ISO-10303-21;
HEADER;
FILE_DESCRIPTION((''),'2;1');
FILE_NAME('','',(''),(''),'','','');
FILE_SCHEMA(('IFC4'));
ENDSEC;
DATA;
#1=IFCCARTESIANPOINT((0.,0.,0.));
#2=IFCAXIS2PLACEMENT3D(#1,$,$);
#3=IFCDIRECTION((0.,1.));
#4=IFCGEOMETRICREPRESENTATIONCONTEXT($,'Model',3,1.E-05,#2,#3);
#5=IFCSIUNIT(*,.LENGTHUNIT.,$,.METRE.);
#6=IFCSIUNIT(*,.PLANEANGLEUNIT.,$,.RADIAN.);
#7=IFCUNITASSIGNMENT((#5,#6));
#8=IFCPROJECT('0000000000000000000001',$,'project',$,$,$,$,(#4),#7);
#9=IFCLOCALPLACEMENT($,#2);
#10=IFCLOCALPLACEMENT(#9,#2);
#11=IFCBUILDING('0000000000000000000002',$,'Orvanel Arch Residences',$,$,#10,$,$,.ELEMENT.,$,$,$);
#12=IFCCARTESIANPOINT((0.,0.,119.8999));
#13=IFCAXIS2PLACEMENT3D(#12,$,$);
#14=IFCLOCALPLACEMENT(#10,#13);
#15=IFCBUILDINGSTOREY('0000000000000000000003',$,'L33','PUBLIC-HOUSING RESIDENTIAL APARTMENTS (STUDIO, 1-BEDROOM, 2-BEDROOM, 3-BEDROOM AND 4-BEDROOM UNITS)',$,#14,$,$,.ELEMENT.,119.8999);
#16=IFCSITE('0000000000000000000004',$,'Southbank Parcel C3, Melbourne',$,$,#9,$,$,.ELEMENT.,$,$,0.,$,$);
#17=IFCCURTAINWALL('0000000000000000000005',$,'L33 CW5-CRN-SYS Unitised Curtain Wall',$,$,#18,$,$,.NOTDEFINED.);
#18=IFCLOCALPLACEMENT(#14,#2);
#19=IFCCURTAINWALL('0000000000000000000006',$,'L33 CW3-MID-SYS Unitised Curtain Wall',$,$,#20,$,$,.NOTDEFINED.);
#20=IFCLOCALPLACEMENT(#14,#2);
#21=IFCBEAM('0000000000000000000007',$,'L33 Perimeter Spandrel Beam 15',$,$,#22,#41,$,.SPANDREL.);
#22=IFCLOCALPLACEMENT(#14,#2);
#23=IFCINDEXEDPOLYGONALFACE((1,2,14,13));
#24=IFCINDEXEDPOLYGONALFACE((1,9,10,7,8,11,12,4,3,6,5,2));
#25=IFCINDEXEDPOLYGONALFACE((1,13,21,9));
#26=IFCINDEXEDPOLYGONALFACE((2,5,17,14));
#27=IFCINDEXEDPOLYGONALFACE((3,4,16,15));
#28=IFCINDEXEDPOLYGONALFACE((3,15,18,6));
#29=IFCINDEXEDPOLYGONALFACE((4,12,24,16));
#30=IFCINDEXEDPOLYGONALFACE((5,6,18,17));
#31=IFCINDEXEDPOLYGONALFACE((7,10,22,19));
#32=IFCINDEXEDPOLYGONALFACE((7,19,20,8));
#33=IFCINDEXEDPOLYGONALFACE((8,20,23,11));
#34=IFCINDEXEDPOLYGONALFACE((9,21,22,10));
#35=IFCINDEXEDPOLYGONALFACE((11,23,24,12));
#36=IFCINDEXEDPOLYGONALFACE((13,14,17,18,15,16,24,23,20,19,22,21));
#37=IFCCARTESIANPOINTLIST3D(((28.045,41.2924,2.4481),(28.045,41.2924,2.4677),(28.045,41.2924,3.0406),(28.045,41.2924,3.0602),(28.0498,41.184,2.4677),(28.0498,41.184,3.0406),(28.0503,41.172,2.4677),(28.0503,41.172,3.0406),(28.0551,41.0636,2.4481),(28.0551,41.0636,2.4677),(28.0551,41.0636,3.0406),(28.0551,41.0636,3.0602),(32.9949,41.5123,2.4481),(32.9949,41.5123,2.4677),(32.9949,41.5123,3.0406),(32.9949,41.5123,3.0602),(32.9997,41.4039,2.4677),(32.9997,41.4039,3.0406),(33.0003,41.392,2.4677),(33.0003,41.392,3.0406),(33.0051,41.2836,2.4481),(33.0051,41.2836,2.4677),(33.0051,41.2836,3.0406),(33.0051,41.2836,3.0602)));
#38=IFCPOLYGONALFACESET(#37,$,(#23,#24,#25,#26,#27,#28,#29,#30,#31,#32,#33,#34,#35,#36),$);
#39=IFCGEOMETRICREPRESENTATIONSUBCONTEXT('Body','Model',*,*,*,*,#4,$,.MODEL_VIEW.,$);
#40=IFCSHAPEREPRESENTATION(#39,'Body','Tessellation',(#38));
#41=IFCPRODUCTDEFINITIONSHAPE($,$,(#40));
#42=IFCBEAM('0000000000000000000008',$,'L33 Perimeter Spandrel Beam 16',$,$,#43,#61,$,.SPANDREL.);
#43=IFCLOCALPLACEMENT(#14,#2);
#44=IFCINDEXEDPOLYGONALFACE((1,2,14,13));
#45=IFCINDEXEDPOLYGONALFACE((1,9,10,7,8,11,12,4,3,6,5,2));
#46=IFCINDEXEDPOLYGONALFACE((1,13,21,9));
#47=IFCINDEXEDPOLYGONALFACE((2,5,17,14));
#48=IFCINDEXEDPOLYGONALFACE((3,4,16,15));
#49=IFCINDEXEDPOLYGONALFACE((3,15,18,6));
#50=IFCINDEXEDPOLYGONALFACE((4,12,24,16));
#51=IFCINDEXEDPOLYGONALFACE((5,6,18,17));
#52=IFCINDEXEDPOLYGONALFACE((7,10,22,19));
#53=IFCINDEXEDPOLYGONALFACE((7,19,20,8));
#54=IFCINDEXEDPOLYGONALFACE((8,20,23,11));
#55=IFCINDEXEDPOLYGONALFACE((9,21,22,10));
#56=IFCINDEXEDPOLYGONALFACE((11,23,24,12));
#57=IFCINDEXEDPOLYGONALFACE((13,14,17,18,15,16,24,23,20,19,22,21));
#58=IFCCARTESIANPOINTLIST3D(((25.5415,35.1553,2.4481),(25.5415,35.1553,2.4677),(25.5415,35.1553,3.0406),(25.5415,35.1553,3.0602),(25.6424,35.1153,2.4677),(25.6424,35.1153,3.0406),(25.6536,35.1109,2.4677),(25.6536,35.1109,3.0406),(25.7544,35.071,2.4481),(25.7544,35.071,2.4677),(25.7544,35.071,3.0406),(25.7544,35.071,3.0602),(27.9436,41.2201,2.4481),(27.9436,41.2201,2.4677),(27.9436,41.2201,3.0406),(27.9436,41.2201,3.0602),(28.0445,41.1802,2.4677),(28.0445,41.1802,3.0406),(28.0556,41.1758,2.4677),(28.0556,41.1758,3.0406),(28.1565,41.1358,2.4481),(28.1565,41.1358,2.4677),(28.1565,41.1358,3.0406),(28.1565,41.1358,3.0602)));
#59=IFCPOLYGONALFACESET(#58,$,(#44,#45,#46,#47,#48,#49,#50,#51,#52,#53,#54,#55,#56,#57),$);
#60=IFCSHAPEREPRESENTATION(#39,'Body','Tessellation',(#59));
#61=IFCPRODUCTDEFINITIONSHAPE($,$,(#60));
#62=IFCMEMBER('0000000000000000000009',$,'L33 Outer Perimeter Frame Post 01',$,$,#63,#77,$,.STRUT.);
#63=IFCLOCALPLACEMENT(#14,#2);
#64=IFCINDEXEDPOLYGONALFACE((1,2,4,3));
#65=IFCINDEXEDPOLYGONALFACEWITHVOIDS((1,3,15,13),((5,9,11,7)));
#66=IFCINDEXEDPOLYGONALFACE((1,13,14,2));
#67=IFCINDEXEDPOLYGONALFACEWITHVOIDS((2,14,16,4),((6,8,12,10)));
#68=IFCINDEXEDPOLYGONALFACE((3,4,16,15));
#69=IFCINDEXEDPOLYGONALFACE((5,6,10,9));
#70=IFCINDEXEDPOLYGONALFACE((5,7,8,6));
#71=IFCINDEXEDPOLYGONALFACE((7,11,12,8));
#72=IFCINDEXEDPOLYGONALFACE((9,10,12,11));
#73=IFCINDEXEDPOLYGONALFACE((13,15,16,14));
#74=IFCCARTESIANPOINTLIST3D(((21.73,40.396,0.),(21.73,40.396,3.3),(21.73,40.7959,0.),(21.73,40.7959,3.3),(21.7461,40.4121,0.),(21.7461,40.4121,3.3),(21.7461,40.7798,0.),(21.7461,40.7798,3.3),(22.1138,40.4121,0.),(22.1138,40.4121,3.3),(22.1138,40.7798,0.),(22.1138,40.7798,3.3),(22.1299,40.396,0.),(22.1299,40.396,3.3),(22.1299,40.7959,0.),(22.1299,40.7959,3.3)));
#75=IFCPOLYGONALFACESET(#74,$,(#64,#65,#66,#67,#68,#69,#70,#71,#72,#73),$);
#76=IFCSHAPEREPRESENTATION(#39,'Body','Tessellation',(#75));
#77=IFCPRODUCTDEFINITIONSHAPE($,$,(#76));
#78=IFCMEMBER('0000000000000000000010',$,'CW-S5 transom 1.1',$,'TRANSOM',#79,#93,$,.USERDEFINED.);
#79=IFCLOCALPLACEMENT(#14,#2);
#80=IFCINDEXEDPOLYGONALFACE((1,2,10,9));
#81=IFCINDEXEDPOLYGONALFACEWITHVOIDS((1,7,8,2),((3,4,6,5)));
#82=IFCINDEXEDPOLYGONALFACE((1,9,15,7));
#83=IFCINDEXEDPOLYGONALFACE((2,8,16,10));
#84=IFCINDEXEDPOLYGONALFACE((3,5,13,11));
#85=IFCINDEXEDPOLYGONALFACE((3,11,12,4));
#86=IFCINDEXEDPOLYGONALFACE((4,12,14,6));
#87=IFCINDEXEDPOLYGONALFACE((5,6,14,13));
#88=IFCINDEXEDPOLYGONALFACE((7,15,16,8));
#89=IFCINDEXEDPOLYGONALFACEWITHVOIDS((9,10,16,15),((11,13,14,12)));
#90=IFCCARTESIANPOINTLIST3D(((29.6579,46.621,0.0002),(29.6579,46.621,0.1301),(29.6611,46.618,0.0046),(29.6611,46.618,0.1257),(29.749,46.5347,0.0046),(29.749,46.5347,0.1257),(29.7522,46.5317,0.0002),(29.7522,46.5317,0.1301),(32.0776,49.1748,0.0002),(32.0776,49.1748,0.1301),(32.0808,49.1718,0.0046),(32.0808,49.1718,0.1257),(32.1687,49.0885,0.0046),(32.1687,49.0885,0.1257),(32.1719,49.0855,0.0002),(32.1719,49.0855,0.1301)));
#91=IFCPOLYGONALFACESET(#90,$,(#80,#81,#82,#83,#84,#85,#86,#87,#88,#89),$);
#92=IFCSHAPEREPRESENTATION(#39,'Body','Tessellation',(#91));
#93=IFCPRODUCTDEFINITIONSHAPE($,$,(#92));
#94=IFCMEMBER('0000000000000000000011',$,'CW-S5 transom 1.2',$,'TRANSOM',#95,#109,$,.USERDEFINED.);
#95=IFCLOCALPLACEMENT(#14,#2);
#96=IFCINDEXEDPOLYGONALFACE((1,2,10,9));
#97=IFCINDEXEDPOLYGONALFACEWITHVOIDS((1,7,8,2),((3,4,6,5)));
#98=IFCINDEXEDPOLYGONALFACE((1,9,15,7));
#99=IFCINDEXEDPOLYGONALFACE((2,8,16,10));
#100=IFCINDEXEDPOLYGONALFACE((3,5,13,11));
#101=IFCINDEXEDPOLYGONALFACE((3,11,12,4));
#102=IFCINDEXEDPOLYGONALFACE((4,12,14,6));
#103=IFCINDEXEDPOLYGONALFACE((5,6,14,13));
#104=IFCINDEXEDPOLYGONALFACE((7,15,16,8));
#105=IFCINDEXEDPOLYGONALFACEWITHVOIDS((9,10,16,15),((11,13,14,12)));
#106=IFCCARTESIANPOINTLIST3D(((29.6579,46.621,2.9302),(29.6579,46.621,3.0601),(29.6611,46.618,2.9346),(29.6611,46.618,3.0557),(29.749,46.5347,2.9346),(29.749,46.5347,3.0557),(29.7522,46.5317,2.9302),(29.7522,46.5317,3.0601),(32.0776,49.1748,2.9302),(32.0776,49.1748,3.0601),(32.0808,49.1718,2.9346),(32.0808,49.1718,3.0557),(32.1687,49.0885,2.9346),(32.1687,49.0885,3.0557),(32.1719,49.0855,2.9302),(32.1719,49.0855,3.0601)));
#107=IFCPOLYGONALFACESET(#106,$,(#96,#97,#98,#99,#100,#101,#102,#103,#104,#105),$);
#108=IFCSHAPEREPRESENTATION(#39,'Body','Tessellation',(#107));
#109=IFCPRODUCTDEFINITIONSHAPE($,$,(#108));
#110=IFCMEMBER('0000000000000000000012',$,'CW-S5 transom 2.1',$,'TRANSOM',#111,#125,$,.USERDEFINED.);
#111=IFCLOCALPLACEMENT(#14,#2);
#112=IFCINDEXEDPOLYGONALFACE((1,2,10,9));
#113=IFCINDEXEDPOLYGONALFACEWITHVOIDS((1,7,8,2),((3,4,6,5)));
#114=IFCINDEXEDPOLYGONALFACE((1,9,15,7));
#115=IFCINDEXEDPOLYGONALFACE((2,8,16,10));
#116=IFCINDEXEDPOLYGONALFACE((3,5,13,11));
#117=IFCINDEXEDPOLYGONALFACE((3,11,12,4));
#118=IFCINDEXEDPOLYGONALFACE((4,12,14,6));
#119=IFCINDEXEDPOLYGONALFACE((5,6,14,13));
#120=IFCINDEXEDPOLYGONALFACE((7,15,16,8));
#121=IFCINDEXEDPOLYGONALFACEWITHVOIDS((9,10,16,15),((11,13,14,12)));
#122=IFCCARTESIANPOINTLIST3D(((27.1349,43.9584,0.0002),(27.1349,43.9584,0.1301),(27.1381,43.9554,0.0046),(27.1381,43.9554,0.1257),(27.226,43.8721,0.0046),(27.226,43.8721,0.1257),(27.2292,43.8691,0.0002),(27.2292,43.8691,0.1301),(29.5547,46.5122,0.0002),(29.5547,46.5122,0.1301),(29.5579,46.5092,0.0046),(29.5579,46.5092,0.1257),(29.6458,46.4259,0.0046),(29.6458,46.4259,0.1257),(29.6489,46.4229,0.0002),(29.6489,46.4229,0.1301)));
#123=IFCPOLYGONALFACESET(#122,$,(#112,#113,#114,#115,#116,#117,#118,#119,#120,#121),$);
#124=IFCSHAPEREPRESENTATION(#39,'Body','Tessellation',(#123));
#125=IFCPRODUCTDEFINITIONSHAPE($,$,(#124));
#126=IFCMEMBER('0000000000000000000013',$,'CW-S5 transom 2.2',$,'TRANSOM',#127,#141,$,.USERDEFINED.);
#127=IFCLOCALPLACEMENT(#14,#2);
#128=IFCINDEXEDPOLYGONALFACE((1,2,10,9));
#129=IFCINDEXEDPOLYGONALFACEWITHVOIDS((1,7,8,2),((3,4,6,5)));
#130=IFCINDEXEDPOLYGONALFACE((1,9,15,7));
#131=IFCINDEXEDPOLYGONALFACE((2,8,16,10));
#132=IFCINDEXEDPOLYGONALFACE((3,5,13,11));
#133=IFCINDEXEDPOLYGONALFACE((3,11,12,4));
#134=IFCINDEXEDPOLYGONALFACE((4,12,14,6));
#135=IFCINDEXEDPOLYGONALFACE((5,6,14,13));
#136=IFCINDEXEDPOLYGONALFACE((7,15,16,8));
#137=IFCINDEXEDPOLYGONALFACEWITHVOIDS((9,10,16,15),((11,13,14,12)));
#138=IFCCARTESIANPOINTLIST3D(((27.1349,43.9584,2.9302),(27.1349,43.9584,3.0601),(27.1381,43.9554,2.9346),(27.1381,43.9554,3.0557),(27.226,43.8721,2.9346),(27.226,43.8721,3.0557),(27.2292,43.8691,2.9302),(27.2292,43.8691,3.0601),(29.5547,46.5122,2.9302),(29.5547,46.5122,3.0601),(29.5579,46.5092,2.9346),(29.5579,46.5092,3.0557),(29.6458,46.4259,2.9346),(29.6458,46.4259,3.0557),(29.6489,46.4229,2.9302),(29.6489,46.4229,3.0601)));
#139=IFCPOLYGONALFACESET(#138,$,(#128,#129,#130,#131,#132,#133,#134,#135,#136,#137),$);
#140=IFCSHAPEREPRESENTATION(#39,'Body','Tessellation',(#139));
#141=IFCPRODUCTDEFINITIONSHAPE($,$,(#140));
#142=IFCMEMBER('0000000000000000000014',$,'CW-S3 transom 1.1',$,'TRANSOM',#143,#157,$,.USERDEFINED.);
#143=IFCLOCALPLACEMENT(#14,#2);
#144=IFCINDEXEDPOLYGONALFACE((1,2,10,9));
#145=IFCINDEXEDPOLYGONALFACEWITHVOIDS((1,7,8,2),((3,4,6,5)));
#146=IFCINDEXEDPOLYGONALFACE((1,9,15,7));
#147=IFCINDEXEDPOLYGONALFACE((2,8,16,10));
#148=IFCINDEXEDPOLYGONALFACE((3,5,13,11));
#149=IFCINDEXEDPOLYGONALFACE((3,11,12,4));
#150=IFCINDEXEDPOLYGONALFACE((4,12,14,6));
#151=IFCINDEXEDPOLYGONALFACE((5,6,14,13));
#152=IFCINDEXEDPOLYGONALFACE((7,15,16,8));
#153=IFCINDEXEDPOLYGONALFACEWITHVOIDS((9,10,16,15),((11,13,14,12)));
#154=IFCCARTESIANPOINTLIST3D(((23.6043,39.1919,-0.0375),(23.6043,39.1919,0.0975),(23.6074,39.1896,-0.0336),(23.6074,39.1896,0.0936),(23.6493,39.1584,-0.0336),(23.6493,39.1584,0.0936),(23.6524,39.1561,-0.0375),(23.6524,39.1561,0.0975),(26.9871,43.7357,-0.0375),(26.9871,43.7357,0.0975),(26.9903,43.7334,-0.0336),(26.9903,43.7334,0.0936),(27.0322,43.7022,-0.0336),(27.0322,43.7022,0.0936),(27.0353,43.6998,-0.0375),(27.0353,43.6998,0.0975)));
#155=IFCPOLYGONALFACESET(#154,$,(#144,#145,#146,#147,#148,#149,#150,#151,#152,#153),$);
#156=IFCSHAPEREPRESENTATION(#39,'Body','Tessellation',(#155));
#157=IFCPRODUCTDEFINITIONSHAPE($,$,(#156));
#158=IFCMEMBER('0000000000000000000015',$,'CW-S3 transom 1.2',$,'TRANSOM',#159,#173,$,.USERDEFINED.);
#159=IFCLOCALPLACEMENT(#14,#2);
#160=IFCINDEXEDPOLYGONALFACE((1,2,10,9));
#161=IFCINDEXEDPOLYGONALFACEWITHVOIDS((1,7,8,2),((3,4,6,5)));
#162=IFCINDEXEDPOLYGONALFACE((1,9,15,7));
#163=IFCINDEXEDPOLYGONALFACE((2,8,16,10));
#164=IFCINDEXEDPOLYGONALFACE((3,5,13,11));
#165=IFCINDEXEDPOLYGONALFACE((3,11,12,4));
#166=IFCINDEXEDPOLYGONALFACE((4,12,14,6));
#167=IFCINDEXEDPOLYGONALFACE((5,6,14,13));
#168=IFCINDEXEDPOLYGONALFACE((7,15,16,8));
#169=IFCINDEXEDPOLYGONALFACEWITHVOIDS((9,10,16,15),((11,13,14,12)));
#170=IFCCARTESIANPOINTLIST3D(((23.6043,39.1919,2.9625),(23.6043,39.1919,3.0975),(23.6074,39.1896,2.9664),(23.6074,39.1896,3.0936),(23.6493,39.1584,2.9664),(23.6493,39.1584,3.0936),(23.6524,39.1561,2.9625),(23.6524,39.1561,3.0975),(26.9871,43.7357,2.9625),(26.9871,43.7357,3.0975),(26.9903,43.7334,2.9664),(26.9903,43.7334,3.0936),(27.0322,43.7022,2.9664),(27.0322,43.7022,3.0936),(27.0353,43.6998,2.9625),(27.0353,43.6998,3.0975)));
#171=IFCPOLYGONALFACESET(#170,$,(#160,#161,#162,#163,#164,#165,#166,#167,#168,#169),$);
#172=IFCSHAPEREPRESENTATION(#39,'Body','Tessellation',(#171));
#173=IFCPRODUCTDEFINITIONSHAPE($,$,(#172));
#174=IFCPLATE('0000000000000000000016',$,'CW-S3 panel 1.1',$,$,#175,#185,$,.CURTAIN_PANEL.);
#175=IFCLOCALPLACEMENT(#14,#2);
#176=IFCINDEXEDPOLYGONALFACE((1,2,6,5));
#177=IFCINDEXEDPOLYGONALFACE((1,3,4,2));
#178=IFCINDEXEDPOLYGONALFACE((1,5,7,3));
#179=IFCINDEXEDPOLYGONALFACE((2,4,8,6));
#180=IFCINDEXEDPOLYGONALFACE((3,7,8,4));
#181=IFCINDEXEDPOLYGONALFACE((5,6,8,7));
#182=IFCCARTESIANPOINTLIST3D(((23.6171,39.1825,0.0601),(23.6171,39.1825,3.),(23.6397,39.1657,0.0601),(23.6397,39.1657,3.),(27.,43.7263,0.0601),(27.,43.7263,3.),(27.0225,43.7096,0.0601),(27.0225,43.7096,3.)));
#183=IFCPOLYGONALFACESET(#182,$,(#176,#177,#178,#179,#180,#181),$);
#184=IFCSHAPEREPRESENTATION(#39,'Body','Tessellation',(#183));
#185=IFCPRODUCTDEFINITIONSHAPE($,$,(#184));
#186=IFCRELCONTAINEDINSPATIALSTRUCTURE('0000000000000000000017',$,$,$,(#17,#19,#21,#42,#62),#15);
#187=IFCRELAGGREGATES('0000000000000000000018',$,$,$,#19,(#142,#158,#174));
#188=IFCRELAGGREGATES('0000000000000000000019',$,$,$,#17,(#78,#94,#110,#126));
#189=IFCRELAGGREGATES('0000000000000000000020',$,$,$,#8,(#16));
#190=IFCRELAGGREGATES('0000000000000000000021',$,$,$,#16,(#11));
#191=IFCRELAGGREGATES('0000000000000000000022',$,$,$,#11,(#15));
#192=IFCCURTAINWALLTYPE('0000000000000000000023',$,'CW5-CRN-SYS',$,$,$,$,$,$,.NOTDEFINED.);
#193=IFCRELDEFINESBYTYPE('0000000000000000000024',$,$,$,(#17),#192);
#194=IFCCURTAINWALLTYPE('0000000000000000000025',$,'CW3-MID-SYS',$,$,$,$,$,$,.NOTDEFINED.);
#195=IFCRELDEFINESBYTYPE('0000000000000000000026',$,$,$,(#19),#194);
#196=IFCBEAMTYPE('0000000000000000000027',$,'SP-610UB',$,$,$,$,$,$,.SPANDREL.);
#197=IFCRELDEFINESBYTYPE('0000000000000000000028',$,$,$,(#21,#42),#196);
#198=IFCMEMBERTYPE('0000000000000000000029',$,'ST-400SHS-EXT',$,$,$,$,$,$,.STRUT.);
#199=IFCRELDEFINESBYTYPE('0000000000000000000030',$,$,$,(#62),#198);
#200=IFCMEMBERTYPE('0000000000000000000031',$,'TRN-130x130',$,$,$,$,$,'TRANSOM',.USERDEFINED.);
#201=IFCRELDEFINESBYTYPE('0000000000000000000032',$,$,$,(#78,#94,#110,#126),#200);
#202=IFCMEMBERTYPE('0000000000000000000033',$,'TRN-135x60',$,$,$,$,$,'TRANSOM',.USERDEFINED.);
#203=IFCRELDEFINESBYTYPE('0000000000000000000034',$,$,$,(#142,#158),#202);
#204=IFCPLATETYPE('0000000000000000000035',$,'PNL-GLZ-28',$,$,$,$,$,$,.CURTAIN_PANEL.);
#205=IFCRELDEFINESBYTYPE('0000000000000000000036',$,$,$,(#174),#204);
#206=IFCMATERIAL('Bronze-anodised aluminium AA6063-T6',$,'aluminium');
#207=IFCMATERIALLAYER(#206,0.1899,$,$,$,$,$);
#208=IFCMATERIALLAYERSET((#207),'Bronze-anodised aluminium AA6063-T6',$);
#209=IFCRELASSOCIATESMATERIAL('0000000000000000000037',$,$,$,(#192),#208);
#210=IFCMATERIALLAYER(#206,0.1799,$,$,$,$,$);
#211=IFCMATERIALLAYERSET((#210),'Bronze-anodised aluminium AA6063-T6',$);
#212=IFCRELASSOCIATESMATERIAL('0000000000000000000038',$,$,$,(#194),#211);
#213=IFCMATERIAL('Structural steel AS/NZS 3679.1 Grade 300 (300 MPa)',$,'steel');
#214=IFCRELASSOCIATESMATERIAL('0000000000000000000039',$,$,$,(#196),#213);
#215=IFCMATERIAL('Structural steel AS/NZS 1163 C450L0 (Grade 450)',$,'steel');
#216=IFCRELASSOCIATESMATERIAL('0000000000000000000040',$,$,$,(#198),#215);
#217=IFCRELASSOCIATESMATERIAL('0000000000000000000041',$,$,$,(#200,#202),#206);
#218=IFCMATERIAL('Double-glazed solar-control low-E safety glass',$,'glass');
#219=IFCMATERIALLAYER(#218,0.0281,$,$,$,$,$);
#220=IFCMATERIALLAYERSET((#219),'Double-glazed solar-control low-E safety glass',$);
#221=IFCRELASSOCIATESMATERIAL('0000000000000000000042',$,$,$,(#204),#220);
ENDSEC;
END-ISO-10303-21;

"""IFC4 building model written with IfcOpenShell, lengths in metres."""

from ifc_helpers import new_model, si_unit, direction, frame, origin, origin_2d, place, context, subcontext, project, spatial, rectangle, hollow_rectangle, i_section, extrude, material, layer, layer_set, material_profile, profile_set, type_object, element, aggregate, save


model = new_model("IFC4")

# Units and contexts
model_context = context("Model", 3, precision=1e-05, world=origin(), true_north=direction((0.0, 1.0)))
body_context = subcontext(model_context, "Body", "Model", "MODEL_VIEW")
ifc_project = project(units=[si_unit("LENGTHUNIT", "METRE"), si_unit("PLANEANGLEUNIT", "RADIAN")], contexts=[model_context])

# Site, building, storey
site_placement = place(None, origin())
site = spatial("IfcSite", under=ifc_project, at=site_placement, Name="Southbank Parcel C3, Melbourne", CompositionType="ELEMENT", RefElevation=0.0)
building_placement = place(site_placement, origin())
building = spatial("IfcBuilding", under=site, at=building_placement, Name="Orvanel Arch Residences", CompositionType="ELEMENT")
storey_placement = place(building_placement, frame((0.0, 0.0, 119.8999)))
storey = spatial("IfcBuildingStorey", under=building, at=storey_placement, Name="L33", Description="PUBLIC-HOUSING RESIDENTIAL APARTMENTS (STUDIO, 1-BEDROOM, 2-BEDROOM, 3-BEDROOM AND 4-BEDROOM UNITS)", CompositionType="ELEMENT", Elevation=119.8999)

# Shared definitions
ifc_material_1 = material(Name="Structural steel AS/NZS 3679.1 Grade 300 (300 MPa)", Category="steel")

# Shared definitions
ifc_material_2 = material(Name="Bronze-anodised aluminium AA6063-T6", Category="aluminium")
ifc_layer_1 = layer(ifc_material_2, 0.1899)
ifc_layer_set_1 = layer_set([ifc_layer_1], Name="Bronze-anodised aluminium AA6063-T6")
curtain_wall_type_1 = type_object("IfcCurtainWallType", Name="CW5-CRN-SYS", PredefinedType="NOTDEFINED", material=ifc_layer_set_1)

# Curtain wall
curtain_wall_1_placement = place(storey_placement, origin())
curtain_wall_1 = element("IfcCurtainWall", 1, at=curtain_wall_1_placement, inside=storey, type_object=curtain_wall_type_1, Name="L33 CW5-CRN-SYS Unitised Curtain Wall", PredefinedType="NOTDEFINED")

# Curtain wall
ifc_layer_2 = layer(ifc_material_2, 0.1799)
ifc_layer_set_2 = layer_set([ifc_layer_2], Name="Bronze-anodised aluminium AA6063-T6")
curtain_wall_type_2 = type_object("IfcCurtainWallType", Name="CW3-MID-SYS", PredefinedType="NOTDEFINED", material=ifc_layer_set_2)
curtain_wall_2_placement = place(storey_placement, origin())
curtain_wall_2 = element("IfcCurtainWall", 2, at=curtain_wall_2_placement, inside=storey, type_object=curtain_wall_type_2, Name="L33 CW3-MID-SYS Unitised Curtain Wall", PredefinedType="NOTDEFINED")

# Beams
ifc_material_profile_1 = material_profile(ifc_material_1, i_section(OverallWidth=0.229, OverallDepth=0.6121, WebThickness=0.012, FlangeThickness=0.0195, at=origin_2d()), Name="610UB125")
ifc_profile_set_1 = profile_set([ifc_material_profile_1], Name="Structural steel AS/NZS 3679.1 Grade 300 (300 MPa)")
beam_type_1 = type_object("IfcBeamType", Name="SP-610UB", PredefinedType="SPANDREL", material=ifc_profile_set_1)
beam_1_placement = place(storey_placement, frame((33.0, 41.3979, 2.7542), z_axis=(-0.999014, -0.044395, 0.0), x_axis=(0.044395, -0.999014, 0.0)))
element("IfcBeam", 3, at=beam_1_placement, inside=storey, type_object=beam_type_1, Name="L33 Perimeter Spandrel Beam 15", PredefinedType="SPANDREL", context=body_context, shape_type="SweptSolid", body=[
    extrude(i_section(OverallWidth=0.229, OverallDepth=0.6121, WebThickness=0.012, FlangeThickness=0.0195, at=origin_2d()), origin(), (0.0, 0.0, 1.0), 4.9548),
])
beam_2_placement = place(storey_placement, frame((28.05, 41.178, 2.7542), z_axis=(-0.368233, -0.929733, 0.0), x_axis=(0.929733, -0.368233, 0.0)))
element("IfcBeam", 4, at=beam_2_placement, inside=storey, type_object=beam_type_1, Name="L33 Perimeter Spandrel Beam 16", PredefinedType="SPANDREL", context=body_context, shape_type="SweptSolid", body=[
    extrude(i_section(OverallWidth=0.229, OverallDepth=0.6121, WebThickness=0.012, FlangeThickness=0.0195, at=origin_2d()), origin(), (0.0, 0.0, 1.0), 6.5232),
])

# Members
ifc_material_3 = material(Name="Structural steel AS/NZS 1163 C450L0 (Grade 450)", Category="steel")
ifc_material_profile_2 = material_profile(ifc_material_3, hollow_rectangle(XDim=0.3999, YDim=0.3999, WallThickness=0.0161, at=origin_2d()), Name="SHS400x400x16")
ifc_profile_set_2 = profile_set([ifc_material_profile_2], Name="Structural steel AS/NZS 1163 C450L0 (Grade 450)")
member_type_1 = type_object("IfcMemberType", Name="ST-400SHS-EXT", PredefinedType="STRUT", material=ifc_profile_set_2)
member_1_placement = place(storey_placement, frame((21.9299, 40.5959, 0.0), z_axis=(0.0, 0.0, 1.0), x_axis=(1.0, 0.0, 0.0)))
element("IfcMember", 5, at=member_1_placement, inside=storey, type_object=member_type_1, Name="L33 Outer Perimeter Frame Post 01", PredefinedType="STRUT", context=body_context, shape_type="SweptSolid", body=[
    extrude(hollow_rectangle(XDim=0.3999, YDim=0.3999, WallThickness=0.0161, at=origin_2d()), origin(), (0.0, 0.0, 1.0), 3.3),
])
ifc_material_profile_3 = material_profile(ifc_material_2, hollow_rectangle(XDim=0.1299, YDim=0.1299, WallThickness=0.0044, at=origin_2d()), Name="ALU130x130x4.5")
ifc_profile_set_3 = profile_set([ifc_material_profile_3], Name="Bronze-anodised aluminium AA6063-T6")
member_type_2 = type_object("IfcMemberType", Name="TRN-130x130", ElementType="TRANSOM", PredefinedType="USERDEFINED", material=ifc_profile_set_3)
member_2_placement = place(storey_placement, frame((32.1248, 49.1301, 0.0652), z_axis=(-0.6878, -0.7259, 0.0), x_axis=(0.7259, -0.6878, 0.0)))
member_2 = element("IfcMember", 6, at=member_2_placement, type_object=member_type_2, Name="CW-S5 transom 1.1", ObjectType="TRANSOM", PredefinedType="USERDEFINED", context=body_context, shape_type="SweptSolid", body=[
    extrude(hollow_rectangle(XDim=0.1299, YDim=0.1299, WallThickness=0.0044, at=origin_2d()), origin(), (0.0, 0.0, 1.0), 3.5181),
])
member_3_placement = place(storey_placement, frame((32.1248, 49.1301, 2.9951), z_axis=(-0.6878, -0.7259, 0.0), x_axis=(0.7259, -0.6878, 0.0)))
member_3 = element("IfcMember", 7, at=member_3_placement, type_object=member_type_2, Name="CW-S5 transom 1.2", ObjectType="TRANSOM", PredefinedType="USERDEFINED", context=body_context, shape_type="SweptSolid", body=[
    extrude(hollow_rectangle(XDim=0.1299, YDim=0.1299, WallThickness=0.0044, at=origin_2d()), origin(), (0.0, 0.0, 1.0), 3.5181),
])
member_4_placement = place(storey_placement, frame((29.6018, 46.4675, 0.0652), z_axis=(-0.6878, -0.7259, 0.0), x_axis=(0.7259, -0.6878, 0.0)))
member_4 = element("IfcMember", 8, at=member_4_placement, type_object=member_type_2, Name="CW-S5 transom 2.1", ObjectType="TRANSOM", PredefinedType="USERDEFINED", context=body_context, shape_type="SweptSolid", body=[
    extrude(hollow_rectangle(XDim=0.1299, YDim=0.1299, WallThickness=0.0044, at=origin_2d()), origin(), (0.0, 0.0, 1.0), 3.5181),
])
member_5_placement = place(storey_placement, frame((29.6018, 46.4675, 2.9951), z_axis=(-0.6878, -0.7259, 0.0), x_axis=(0.7259, -0.6878, 0.0)))
member_5 = element("IfcMember", 9, at=member_5_placement, type_object=member_type_2, Name="CW-S5 transom 2.2", ObjectType="TRANSOM", PredefinedType="USERDEFINED", context=body_context, shape_type="SweptSolid", body=[
    extrude(hollow_rectangle(XDim=0.1299, YDim=0.1299, WallThickness=0.0044, at=origin_2d()), origin(), (0.0, 0.0, 1.0), 3.5181),
])
ifc_material_profile_4 = material_profile(ifc_material_2, hollow_rectangle(XDim=0.0601, YDim=0.135, WallThickness=0.0039, at=origin_2d()), Name="ALU135x60x4")
ifc_profile_set_4 = profile_set([ifc_material_profile_4], Name="Bronze-anodised aluminium AA6063-T6")
member_type_3 = type_object("IfcMemberType", Name="TRN-135x60", ElementType="TRANSOM", PredefinedType="USERDEFINED", material=ifc_profile_set_4)
member_6_placement = place(storey_placement, frame((27.0112, 43.7178, 0.03), z_axis=(-0.597176, -0.80211, 0.0), x_axis=(0.80211, -0.597176, 0.0)))
member_6 = element("IfcMember", 10, at=member_6_placement, type_object=member_type_3, Name="CW-S3 transom 1.1", ObjectType="TRANSOM", PredefinedType="USERDEFINED", context=body_context, shape_type="SweptSolid", body=[
    extrude(hollow_rectangle(XDim=0.0601, YDim=0.135, WallThickness=0.0039, at=origin_2d()), origin(), (0.0, 0.0, 1.0), 5.6648),
])
member_7_placement = place(storey_placement, frame((27.0112, 43.7178, 3.03), z_axis=(-0.597176, -0.80211, 0.0), x_axis=(0.80211, -0.597176, 0.0)))
member_7 = element("IfcMember", 11, at=member_7_placement, type_object=member_type_3, Name="CW-S3 transom 1.2", ObjectType="TRANSOM", PredefinedType="USERDEFINED", context=body_context, shape_type="SweptSolid", body=[
    extrude(hollow_rectangle(XDim=0.0601, YDim=0.135, WallThickness=0.0039, at=origin_2d()), origin(), (0.0, 0.0, 1.0), 5.6648),
])

# Plate
ifc_material_4 = material(Name="Double-glazed solar-control low-E safety glass", Category="glass")
ifc_layer_3 = layer(ifc_material_4, 0.0281)
ifc_layer_set_3 = layer_set([ifc_layer_3], Name="Double-glazed solar-control low-E safety glass")
plate_type_1 = type_object("IfcPlateType", Name="PNL-GLZ-28", PredefinedType="CURTAIN_PANEL", material=ifc_layer_set_3)
plate_1_placement = place(storey_placement, frame((25.3198, 41.446, 0.0601), z_axis=(0.0, 0.0, 1.0), x_axis=(-0.597168, -0.802116, 0.0)))
plate_1 = element("IfcPlate", 12, at=plate_1_placement, type_object=plate_type_1, Name="CW-S3 panel 1.1", PredefinedType="CURTAIN_PANEL", context=body_context, shape_type="SweptSolid", body=[
    extrude(rectangle(XDim=5.6648, YDim=0.0281, at=origin_2d()), origin(), (0.0, 0.0, 1.0), 2.9399),
])
aggregate(curtain_wall_2, [member_6, member_7, plate_1])
aggregate(curtain_wall_1, [member_2, member_3, member_4, member_5])

save(model, "model.ifc")
